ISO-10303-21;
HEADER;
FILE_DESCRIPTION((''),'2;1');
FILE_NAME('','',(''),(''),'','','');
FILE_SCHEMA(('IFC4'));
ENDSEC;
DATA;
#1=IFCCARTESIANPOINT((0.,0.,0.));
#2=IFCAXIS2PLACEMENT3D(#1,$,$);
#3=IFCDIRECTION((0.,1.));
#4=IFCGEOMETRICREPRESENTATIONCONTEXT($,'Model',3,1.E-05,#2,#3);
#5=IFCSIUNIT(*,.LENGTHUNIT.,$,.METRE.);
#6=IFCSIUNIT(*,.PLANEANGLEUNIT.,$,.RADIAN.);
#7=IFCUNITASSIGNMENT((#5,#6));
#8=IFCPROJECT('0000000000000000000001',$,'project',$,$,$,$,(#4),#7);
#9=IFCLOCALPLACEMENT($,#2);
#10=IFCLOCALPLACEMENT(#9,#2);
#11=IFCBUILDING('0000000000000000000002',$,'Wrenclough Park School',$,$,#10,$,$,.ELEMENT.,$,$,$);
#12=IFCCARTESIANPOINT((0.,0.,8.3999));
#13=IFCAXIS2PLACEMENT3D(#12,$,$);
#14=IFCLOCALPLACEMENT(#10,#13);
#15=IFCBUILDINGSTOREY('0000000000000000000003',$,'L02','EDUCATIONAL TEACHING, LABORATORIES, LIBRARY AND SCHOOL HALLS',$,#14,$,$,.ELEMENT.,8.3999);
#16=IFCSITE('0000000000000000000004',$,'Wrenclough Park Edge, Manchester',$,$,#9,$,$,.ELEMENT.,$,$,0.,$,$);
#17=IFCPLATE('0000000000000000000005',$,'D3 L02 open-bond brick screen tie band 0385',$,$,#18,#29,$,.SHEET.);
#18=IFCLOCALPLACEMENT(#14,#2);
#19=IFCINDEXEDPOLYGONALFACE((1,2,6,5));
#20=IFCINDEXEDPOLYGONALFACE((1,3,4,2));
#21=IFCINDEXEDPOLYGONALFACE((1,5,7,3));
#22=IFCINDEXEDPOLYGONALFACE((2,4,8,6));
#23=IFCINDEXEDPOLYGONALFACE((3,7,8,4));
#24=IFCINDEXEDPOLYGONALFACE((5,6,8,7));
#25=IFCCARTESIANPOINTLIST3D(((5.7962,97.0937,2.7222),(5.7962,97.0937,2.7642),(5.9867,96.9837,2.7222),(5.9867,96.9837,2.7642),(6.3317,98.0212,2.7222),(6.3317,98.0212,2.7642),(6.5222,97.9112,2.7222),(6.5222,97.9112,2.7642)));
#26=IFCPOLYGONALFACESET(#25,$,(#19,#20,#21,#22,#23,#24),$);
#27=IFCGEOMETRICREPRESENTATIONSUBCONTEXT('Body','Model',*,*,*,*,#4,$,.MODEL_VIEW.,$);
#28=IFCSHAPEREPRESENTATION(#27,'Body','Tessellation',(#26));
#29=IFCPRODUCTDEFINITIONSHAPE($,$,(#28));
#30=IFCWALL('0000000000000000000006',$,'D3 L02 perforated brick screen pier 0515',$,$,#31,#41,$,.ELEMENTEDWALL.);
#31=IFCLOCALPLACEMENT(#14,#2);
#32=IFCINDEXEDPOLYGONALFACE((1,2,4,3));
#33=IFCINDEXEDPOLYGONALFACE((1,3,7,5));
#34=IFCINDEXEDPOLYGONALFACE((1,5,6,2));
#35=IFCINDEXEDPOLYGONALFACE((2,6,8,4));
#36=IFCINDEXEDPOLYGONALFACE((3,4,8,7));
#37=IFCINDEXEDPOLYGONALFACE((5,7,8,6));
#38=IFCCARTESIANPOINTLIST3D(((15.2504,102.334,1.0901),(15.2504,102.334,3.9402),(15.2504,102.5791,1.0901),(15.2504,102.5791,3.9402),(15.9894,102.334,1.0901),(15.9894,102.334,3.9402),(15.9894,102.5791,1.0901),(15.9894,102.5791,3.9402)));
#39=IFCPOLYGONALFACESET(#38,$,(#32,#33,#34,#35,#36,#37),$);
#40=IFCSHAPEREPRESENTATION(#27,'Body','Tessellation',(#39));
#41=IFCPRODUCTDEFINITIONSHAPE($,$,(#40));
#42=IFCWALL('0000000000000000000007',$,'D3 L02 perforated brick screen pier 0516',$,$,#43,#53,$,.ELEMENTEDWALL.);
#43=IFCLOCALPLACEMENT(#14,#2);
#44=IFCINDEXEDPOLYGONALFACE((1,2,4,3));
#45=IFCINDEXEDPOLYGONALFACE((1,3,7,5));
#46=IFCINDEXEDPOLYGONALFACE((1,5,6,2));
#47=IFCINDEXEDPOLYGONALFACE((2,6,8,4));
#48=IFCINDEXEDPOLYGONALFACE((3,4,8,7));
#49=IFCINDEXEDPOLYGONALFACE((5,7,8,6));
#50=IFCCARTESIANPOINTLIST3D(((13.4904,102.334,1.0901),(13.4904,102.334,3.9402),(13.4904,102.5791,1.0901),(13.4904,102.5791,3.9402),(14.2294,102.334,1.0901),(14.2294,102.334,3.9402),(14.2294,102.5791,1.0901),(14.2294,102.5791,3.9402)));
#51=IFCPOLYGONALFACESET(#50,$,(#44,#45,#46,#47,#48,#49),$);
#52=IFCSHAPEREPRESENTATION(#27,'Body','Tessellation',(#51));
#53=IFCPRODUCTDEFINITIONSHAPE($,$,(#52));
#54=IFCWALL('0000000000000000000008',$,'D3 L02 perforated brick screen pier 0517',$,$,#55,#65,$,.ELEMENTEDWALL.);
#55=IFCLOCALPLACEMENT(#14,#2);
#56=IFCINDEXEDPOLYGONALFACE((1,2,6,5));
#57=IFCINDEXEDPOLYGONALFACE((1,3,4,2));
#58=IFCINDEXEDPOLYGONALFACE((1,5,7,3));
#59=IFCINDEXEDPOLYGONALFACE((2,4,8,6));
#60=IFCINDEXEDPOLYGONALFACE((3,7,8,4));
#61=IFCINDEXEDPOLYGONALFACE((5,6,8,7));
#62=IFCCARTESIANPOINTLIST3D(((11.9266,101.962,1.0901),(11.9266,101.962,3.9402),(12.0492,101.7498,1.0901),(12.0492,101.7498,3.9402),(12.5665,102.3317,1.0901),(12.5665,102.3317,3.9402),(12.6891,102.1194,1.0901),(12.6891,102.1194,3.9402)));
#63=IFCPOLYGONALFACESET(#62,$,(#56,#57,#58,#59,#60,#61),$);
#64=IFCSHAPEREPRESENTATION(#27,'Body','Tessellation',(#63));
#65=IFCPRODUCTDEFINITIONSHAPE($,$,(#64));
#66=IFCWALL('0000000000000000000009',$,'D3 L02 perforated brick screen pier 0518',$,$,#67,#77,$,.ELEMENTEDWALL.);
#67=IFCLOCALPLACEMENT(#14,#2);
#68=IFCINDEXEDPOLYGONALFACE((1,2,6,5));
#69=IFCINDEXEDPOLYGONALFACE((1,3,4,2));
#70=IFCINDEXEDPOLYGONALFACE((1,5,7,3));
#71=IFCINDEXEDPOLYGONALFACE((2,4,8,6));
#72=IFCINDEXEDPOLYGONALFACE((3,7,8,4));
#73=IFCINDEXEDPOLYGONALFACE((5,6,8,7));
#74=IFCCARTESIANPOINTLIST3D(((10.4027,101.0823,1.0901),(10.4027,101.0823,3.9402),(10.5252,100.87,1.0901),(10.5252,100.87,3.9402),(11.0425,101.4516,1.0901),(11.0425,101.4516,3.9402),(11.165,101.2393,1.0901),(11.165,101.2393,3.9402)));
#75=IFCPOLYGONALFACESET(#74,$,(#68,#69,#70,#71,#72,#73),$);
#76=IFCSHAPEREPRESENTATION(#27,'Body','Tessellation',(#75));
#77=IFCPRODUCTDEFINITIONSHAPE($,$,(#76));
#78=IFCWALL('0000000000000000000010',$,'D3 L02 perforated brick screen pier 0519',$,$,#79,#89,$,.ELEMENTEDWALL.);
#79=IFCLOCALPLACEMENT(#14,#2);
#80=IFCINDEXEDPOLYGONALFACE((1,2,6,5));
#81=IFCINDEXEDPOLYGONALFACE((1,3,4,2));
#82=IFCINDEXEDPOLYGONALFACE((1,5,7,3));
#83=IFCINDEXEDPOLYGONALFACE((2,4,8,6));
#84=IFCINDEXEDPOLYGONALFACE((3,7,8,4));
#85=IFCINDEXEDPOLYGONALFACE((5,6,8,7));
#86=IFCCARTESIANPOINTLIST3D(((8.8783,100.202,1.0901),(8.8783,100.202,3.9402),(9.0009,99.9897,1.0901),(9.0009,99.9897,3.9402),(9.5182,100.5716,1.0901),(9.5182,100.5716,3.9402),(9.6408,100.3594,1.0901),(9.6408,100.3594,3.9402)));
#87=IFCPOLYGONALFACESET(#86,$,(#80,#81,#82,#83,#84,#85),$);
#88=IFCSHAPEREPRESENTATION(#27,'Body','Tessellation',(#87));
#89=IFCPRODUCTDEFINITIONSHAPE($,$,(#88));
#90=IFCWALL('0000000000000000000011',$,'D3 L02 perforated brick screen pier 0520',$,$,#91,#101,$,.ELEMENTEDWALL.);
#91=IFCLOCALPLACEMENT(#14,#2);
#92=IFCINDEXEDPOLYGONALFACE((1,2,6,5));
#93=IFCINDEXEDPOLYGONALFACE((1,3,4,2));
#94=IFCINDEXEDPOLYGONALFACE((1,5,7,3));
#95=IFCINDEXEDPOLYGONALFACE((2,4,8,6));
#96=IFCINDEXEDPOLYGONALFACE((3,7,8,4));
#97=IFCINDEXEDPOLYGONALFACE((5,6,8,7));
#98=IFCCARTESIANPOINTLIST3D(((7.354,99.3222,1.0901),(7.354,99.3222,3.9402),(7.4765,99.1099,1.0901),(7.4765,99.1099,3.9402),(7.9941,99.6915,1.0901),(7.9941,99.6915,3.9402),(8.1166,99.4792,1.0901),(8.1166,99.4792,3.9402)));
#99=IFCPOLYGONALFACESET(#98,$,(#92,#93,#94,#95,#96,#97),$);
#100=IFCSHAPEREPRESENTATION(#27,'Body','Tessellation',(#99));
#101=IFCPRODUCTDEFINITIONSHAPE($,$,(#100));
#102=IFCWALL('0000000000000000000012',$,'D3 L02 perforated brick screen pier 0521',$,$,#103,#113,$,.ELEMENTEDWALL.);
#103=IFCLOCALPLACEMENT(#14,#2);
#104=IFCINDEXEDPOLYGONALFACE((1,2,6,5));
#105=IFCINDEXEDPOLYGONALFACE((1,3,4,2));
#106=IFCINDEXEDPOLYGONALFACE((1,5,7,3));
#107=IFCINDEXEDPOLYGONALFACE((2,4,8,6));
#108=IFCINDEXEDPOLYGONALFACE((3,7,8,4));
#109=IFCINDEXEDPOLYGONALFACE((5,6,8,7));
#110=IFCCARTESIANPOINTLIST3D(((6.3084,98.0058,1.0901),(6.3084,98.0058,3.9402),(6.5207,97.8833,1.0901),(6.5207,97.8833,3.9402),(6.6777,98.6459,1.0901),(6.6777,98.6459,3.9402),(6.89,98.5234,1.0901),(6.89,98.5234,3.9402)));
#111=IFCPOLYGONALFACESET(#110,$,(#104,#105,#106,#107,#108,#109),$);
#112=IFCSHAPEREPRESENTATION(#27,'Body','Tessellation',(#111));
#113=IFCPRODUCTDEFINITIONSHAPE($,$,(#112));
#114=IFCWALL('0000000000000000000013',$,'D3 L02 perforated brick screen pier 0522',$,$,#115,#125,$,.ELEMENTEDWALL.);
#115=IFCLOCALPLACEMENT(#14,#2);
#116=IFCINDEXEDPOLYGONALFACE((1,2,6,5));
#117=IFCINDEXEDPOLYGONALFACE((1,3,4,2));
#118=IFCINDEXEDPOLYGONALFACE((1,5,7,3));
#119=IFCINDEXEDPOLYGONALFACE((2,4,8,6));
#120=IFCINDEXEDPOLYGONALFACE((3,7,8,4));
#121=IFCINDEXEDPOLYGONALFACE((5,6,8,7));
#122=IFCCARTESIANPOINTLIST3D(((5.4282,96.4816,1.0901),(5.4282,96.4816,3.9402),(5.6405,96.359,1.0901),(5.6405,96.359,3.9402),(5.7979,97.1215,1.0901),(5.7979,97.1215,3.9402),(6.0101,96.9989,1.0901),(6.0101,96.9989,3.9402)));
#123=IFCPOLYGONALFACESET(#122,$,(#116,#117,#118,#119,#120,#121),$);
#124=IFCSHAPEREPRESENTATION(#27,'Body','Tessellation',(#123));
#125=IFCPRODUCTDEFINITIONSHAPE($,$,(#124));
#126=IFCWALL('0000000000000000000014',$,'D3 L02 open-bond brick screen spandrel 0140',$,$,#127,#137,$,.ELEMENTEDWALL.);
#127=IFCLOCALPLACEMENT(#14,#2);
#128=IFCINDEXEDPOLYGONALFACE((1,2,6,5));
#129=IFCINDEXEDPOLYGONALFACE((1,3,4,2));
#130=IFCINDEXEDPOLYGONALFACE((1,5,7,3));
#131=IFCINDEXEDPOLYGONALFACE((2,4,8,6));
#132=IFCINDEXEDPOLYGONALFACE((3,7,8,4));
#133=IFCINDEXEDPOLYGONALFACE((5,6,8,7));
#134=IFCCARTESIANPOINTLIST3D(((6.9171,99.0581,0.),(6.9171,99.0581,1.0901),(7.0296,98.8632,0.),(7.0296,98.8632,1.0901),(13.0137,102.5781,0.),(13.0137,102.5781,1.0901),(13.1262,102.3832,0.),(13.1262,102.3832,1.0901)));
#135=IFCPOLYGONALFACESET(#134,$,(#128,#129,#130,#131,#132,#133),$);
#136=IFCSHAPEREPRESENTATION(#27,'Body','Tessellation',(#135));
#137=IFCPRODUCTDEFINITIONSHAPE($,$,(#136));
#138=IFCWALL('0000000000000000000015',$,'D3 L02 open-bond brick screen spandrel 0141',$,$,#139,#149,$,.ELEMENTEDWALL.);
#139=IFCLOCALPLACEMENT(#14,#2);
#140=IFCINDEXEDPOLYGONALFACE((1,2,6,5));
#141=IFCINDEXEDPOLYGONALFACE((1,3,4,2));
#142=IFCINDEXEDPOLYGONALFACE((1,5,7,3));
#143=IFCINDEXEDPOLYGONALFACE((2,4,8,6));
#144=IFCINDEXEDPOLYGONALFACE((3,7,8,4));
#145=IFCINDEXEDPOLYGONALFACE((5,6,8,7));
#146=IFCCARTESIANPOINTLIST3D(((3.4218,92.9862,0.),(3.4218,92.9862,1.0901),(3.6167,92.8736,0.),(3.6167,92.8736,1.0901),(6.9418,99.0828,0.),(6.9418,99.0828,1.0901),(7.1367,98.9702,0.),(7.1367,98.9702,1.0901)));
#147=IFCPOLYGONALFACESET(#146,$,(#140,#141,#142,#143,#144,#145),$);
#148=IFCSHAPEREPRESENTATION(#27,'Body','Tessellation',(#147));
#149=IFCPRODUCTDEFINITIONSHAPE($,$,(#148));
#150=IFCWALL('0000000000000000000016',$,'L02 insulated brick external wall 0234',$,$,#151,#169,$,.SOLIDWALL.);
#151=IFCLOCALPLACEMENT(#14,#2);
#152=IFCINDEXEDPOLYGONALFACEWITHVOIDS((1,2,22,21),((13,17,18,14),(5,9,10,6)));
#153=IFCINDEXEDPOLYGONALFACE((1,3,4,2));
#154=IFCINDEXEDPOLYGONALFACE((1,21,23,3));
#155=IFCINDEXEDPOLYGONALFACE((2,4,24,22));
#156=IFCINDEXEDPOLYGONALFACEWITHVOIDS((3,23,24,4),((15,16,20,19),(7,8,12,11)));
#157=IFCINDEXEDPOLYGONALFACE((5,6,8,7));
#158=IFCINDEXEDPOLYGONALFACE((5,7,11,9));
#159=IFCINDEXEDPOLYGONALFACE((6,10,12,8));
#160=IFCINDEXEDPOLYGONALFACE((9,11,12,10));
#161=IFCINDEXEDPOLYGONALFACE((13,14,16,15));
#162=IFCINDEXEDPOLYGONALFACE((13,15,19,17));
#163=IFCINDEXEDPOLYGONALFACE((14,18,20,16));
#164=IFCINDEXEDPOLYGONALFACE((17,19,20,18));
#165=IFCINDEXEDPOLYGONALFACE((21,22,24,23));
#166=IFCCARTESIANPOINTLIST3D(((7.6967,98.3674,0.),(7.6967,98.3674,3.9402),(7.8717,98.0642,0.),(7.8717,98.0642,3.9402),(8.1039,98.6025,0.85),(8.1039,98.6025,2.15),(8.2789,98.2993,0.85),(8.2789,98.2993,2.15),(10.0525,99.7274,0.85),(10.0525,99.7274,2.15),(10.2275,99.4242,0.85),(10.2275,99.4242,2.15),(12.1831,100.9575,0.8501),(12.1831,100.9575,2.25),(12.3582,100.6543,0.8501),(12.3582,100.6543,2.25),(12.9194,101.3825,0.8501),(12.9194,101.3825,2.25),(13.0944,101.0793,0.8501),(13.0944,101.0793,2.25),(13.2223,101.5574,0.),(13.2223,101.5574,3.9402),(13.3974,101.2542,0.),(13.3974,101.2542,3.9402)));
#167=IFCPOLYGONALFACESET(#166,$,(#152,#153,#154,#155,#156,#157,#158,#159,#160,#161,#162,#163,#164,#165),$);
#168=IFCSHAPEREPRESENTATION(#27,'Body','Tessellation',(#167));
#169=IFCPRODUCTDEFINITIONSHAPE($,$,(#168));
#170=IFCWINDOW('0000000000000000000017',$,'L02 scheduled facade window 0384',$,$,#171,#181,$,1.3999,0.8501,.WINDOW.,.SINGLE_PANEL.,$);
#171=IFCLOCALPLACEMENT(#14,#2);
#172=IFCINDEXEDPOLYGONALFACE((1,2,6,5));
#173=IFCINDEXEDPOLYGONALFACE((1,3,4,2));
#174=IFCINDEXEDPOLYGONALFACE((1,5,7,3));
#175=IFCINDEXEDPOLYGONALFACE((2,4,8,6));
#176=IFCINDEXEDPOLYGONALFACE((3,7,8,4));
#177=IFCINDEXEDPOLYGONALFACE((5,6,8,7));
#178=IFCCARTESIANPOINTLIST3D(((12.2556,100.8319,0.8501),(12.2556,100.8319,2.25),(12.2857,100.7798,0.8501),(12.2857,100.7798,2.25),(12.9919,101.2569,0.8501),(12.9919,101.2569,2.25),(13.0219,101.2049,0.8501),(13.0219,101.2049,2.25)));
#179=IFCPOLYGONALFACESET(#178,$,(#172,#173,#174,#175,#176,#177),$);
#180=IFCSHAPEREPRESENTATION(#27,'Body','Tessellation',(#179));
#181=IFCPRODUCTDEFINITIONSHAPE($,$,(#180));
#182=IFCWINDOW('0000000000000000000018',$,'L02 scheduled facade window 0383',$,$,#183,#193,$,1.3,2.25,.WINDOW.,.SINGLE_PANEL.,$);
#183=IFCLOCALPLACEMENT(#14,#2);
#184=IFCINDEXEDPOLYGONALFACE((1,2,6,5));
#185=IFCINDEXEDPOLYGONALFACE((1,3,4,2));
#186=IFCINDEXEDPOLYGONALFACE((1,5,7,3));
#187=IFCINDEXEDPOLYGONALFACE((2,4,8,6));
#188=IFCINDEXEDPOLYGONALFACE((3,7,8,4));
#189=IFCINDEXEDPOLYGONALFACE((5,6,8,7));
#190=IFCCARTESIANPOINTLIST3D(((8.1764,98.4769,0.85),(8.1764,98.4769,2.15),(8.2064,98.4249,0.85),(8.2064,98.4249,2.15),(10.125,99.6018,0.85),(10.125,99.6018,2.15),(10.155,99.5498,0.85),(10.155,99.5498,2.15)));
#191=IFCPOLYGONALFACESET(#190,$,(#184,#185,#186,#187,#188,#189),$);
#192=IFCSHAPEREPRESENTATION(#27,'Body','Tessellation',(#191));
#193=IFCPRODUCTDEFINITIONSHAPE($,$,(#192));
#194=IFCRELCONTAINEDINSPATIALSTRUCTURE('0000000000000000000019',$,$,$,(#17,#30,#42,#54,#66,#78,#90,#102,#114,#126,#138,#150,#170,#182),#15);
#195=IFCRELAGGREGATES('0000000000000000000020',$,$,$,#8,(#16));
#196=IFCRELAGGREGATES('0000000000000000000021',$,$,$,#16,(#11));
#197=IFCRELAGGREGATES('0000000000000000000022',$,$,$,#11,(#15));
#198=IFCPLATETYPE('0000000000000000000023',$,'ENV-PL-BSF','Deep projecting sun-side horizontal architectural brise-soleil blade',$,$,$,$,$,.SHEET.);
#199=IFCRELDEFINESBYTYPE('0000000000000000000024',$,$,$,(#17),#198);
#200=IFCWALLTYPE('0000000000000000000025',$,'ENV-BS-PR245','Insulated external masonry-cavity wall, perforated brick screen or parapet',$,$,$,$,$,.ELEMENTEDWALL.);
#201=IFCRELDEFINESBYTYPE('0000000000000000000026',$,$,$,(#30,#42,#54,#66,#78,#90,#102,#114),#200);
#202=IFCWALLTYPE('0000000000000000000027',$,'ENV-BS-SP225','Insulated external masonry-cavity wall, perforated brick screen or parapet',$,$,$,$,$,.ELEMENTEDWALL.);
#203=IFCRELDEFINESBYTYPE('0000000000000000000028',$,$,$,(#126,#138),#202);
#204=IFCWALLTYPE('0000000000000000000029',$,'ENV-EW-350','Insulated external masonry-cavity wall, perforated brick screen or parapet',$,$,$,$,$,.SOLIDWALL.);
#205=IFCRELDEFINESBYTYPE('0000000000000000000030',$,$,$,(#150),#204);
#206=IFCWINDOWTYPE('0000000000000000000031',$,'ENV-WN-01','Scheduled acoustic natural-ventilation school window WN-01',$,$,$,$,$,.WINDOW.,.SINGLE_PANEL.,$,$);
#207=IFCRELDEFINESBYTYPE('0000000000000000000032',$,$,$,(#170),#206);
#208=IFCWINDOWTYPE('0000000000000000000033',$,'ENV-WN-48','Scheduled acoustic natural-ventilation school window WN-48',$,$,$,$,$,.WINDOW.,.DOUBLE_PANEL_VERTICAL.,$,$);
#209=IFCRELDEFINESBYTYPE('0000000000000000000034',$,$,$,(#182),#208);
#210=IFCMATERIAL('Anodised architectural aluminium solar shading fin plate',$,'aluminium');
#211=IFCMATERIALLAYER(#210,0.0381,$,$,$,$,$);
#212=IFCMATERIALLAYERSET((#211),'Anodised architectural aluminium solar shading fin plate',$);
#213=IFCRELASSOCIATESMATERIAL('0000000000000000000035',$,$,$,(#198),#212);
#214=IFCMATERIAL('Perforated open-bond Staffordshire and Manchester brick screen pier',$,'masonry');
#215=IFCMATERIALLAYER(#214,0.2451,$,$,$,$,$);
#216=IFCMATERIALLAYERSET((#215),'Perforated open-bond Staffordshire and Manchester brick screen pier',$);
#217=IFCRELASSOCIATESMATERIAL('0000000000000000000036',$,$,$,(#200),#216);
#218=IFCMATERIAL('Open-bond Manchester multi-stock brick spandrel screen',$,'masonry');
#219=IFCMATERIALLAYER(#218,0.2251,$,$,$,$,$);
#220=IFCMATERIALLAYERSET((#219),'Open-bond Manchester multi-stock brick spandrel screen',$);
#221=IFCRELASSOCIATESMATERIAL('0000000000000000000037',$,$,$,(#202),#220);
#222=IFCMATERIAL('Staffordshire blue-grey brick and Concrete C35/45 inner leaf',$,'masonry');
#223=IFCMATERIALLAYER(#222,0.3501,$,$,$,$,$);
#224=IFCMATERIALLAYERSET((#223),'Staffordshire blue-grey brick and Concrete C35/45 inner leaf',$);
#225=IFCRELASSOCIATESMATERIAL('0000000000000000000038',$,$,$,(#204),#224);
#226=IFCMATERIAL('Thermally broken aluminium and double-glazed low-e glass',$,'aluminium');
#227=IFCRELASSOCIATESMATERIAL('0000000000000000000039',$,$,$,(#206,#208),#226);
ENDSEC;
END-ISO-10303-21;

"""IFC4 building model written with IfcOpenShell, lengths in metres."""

from ifc_helpers import new_model, si_unit, direction, frame, frame_2d, origin, origin_2d, place, context, subcontext, project, spatial, rectangle, extrude, material, layer, layer_set, type_object, element, fill, save


model = new_model("IFC4")

# Units and contexts
model_context = context("Model", 3, precision=1e-05, world=origin(), true_north=direction((0.0, 1.0)))
body_context = subcontext(model_context, "Body", "Model", "MODEL_VIEW")
ifc_project = project(units=[si_unit("LENGTHUNIT", "METRE"), si_unit("PLANEANGLEUNIT", "RADIAN")], contexts=[model_context])

# Site, building, storey
site_placement = place(None, origin())
site = spatial("IfcSite", under=ifc_project, at=site_placement, Name="Wrenclough Park Edge, Manchester", CompositionType="ELEMENT", RefElevation=0.0)
building_placement = place(site_placement, origin())
building = spatial("IfcBuilding", under=site, at=building_placement, Name="Wrenclough Park School", CompositionType="ELEMENT")
storey_placement = place(building_placement, frame((0.0, 0.0, 8.3999)))
storey = spatial("IfcBuildingStorey", under=building, at=storey_placement, Name="L02", Description="EDUCATIONAL TEACHING, LABORATORIES, LIBRARY AND SCHOOL HALLS", CompositionType="ELEMENT", Elevation=8.3999)

# Plate
ifc_material_1 = material(Name="Anodised architectural aluminium solar shading fin plate", Category="aluminium")
ifc_layer_1 = layer(ifc_material_1, 0.0381)
ifc_layer_set_1 = layer_set([ifc_layer_1], Name="Anodised architectural aluminium solar shading fin plate")
plate_type = type_object("IfcPlateType", Name="ENV-PL-BSF", Description="Deep projecting sun-side horizontal architectural brise-soleil blade", PredefinedType="SHEET", material=ifc_layer_set_1)
for number, where, z_axis, x_axis, name in (
    (1, (6.1592, 97.5024, 2.7222), (0.0, 0.0, 1.0), (-0.499991, -0.866031, 0.0), "D3 L02 open-bond brick screen tie band 0385"),
):
    element("IfcPlate", number, at=place(storey_placement, frame(where, z_axis=z_axis, x_axis=x_axis)), inside=storey, type_object=plate_type, Name=name, PredefinedType="SHEET", context=body_context, shape_type="SweptSolid", body=[
        extrude(rectangle(XDim=1.071, YDim=0.22, at=origin_2d()), origin(), (0.0, 0.0, 1.0), 0.042),
    ])

# Walls
ifc_material_2 = material(Name="Perforated open-bond Staffordshire and Manchester brick screen pier", Category="masonry")
ifc_layer_2 = layer(ifc_material_2, 0.2451)
ifc_layer_set_2 = layer_set([ifc_layer_2], Name="Perforated open-bond Staffordshire and Manchester brick screen pier")
wall_type_1 = type_object("IfcWallType", Name="ENV-BS-PR245", Description="Insulated external masonry-cavity wall, perforated brick screen or parapet", PredefinedType="ELEMENTEDWALL", material=ifc_layer_set_2)
for number, where, z_axis, x_axis, name in (
    (2, (15.9895, 102.4565, 1.0901), (0.0, 0.0, 1.0), (-1.0, 0.0, 0.0), "D3 L02 perforated brick screen pier 0515"),
    (3, (14.2295, 102.4565, 1.0901), (0.0, 0.0, 1.0), (-1.0, 0.0, 0.0), "D3 L02 perforated brick screen pier 0516"),
    (4, (12.6279, 102.2256, 1.0901), (0.0, 0.0, 1.0), (-0.865916, -0.50019, 0.0), "D3 L02 perforated brick screen pier 0517"),
):
    element("IfcWall", number, at=place(storey_placement, frame(where, z_axis=z_axis, x_axis=x_axis)), inside=storey, type_object=wall_type_1, Name=name, PredefinedType="ELEMENTEDWALL", context=body_context, shape_type="SweptSolid", body=[
        extrude(rectangle(XDim=0.739, YDim=0.2451, at=frame_2d((0.3696, 0.0))), origin(), (0.0, 0.0, 1.0), 2.8501),
    ])
wall_1_placement = place(storey_placement, frame((11.1038, 101.3455, 1.0901), z_axis=(0.0, 0.0, 1.0), x_axis=(-0.866059, -0.499942, 0.0)))
element("IfcWall", 5, at=wall_1_placement, inside=storey, type_object=wall_type_1, Name="D3 L02 perforated brick screen pier 0518", PredefinedType="ELEMENTEDWALL", context=body_context, shape_type="SweptSolid", body=[
    extrude(rectangle(XDim=0.7388, YDim=0.2451, at=frame_2d((0.3694, 0.0))), origin(), (0.0, 0.0, 1.0), 2.8501),
])
for number, where, z_axis, x_axis, name in (
    (6, (9.5796, 100.4656, 1.0901), (0.0, 0.0, 1.0), (-0.865916, -0.50019, 0.0), "D3 L02 perforated brick screen pier 0519"),
    (7, (8.0554, 99.5854, 1.0901), (0.0, 0.0, 1.0), (-0.866142, -0.499799, 0.0), "D3 L02 perforated brick screen pier 0520"),
    (8, (6.7839, 98.5847, 1.0901), (0.0, 0.0, 1.0), (-0.499799, -0.866142, 0.0), "D3 L02 perforated brick screen pier 0521"),
    (9, (5.9041, 97.0603, 1.0901), (0.0, 0.0, 1.0), (-0.50019, -0.865916, 0.0), "D3 L02 perforated brick screen pier 0522"),
):
    element("IfcWall", number, at=place(storey_placement, frame(where, z_axis=z_axis, x_axis=x_axis)), inside=storey, type_object=wall_type_1, Name=name, PredefinedType="ELEMENTEDWALL", context=body_context, shape_type="SweptSolid", body=[
        extrude(rectangle(XDim=0.739, YDim=0.2451, at=frame_2d((0.3696, 0.0))), origin(), (0.0, 0.0, 1.0), 2.8501),
    ])
ifc_material_3 = material(Name="Open-bond Manchester multi-stock brick spandrel screen", Category="masonry")
ifc_layer_3 = layer(ifc_material_3, 0.2251)
ifc_layer_set_3 = layer_set([ifc_layer_3], Name="Open-bond Manchester multi-stock brick spandrel screen")
wall_type_2 = type_object("IfcWallType", Name="ENV-BS-SP225", Description="Insulated external masonry-cavity wall, perforated brick screen or parapet", PredefinedType="ELEMENTEDWALL", material=ifc_layer_set_3)
for number, where, z_axis, x_axis, name in (
    (10, (13.0701, 102.4807, 0.0), (0.0, 0.0, 1.0), (-0.866019, -0.500011, 0.0), "D3 L02 open-bond brick screen spandrel 0140"),
    (11, (7.0393, 99.0266, 0.0), (0.0, 0.0, 1.0), (-0.500011, -0.866019, 0.0), "D3 L02 open-bond brick screen spandrel 0141"),
):
    element("IfcWall", number, at=place(storey_placement, frame(where, z_axis=z_axis, x_axis=x_axis)), inside=storey, type_object=wall_type_2, Name=name, PredefinedType="ELEMENTEDWALL", context=body_context, shape_type="SweptSolid", body=[
        extrude(rectangle(XDim=7.0398, YDim=0.2251, at=frame_2d((3.52, 0.0))), origin(), (0.0, 0.0, 1.0), 1.0901),
    ])

# Wall, openings, windows
ifc_material_4 = material(Name="Staffordshire blue-grey brick and Concrete C35/45 inner leaf", Category="masonry")
ifc_layer_4 = layer(ifc_material_4, 0.3501)
ifc_layer_set_4 = layer_set([ifc_layer_4], Name="Staffordshire blue-grey brick and Concrete C35/45 inner leaf")
wall_type_3 = type_object("IfcWallType", Name="ENV-EW-350", Description="Insulated external masonry-cavity wall, perforated brick screen or parapet", PredefinedType="SOLIDWALL", material=ifc_layer_set_4)
wall_2_placement = place(storey_placement, frame((7.7842, 98.2158, 0.0), z_axis=(0.0, 0.0, 1.0), x_axis=(0.866045, 0.499966, 0.0)))
wall_2 = element("IfcWall", 12, at=wall_2_placement, inside=storey, type_object=wall_type_3, Name="L02 insulated brick external wall 0234", PredefinedType="SOLIDWALL", context=body_context, shape_type="SweptSolid", body=[
    extrude(rectangle(XDim=6.3804, YDim=0.3501, at=frame_2d((3.1902, 0.0))), origin(), (0.0, 0.0, 1.0), 3.9402),
])
opening_1_placement = place(wall_2_placement, frame((0.4702, 0.0, 0.8501)))
opening_1 = element("IfcOpeningElement", 13, at=opening_1_placement, cuts=wall_2, PredefinedType="OPENING", context=body_context, shape_type="SweptSolid", body=[
    extrude(rectangle(XDim=2.25, YDim=1.3, at=frame_2d((1.125, 0.6499))), frame((0.0, 0.1851, 0.0), z_axis=(0.0, -1.0, 0.0), x_axis=(1.0, 0.0, 0.0)), (0.0, 0.0, 1.0), 0.3701),
])
opening_2_placement = place(wall_2_placement, frame((5.1804, 0.0, 0.8501)))
opening_2 = element("IfcOpeningElement", 14, at=opening_2_placement, cuts=wall_2, PredefinedType="OPENING", context=body_context, shape_type="SweptSolid", body=[
    extrude(rectangle(XDim=0.8501, YDim=1.3999, at=frame_2d((0.425, 0.7))), frame((0.0, 0.1851, 0.0), z_axis=(0.0, -1.0, 0.0), x_axis=(1.0, 0.0, 0.0)), (0.0, 0.0, 1.0), 0.3701),
])
ifc_material_5 = material(Name="Thermally broken aluminium and double-glazed low-e glass", Category="aluminium")
window_type_1 = type_object("IfcWindowType", Name="ENV-WN-01", Description="Scheduled acoustic natural-ventilation school window WN-01", PartitioningType="SINGLE_PANEL", PredefinedType="WINDOW", material=ifc_material_5)
window_1_placement = place(opening_2_placement, origin())
window_1 = element("IfcWindow", 15, at=window_1_placement, inside=storey, type_object=window_type_1, Name="L02 scheduled facade window 0384", OverallHeight=1.3999, OverallWidth=0.8501, PartitioningType="SINGLE_PANEL", PredefinedType="WINDOW", context=body_context, shape_type="SweptSolid", body=[
    extrude(rectangle(XDim=0.8501, YDim=1.3999, at=frame_2d((0.425, 0.7))), frame((0.0, 0.03, 0.0), z_axis=(0.0, -1.0, 0.0), x_axis=(1.0, 0.0, 0.0)), (0.0, 0.0, 1.0), 0.0601),
])
fill(opening_2, window_1)
window_type_2 = type_object("IfcWindowType", Name="ENV-WN-48", Description="Scheduled acoustic natural-ventilation school window WN-48", PartitioningType="DOUBLE_PANEL_VERTICAL", PredefinedType="WINDOW", material=ifc_material_5)
window_2_placement = place(opening_1_placement, origin())
window_2 = element("IfcWindow", 16, at=window_2_placement, inside=storey, type_object=window_type_2, Name="L02 scheduled facade window 0383", OverallHeight=1.3, OverallWidth=2.25, PartitioningType="SINGLE_PANEL", PredefinedType="WINDOW", context=body_context, shape_type="SweptSolid", body=[
    extrude(rectangle(XDim=2.25, YDim=1.3, at=frame_2d((1.125, 0.6499))), frame((0.0, 0.03, 0.0), z_axis=(0.0, -1.0, 0.0), x_axis=(1.0, 0.0, 0.0)), (0.0, 0.0, 1.0), 0.0601),
])
fill(opening_1, window_2)

save(model, "model.ifc")
